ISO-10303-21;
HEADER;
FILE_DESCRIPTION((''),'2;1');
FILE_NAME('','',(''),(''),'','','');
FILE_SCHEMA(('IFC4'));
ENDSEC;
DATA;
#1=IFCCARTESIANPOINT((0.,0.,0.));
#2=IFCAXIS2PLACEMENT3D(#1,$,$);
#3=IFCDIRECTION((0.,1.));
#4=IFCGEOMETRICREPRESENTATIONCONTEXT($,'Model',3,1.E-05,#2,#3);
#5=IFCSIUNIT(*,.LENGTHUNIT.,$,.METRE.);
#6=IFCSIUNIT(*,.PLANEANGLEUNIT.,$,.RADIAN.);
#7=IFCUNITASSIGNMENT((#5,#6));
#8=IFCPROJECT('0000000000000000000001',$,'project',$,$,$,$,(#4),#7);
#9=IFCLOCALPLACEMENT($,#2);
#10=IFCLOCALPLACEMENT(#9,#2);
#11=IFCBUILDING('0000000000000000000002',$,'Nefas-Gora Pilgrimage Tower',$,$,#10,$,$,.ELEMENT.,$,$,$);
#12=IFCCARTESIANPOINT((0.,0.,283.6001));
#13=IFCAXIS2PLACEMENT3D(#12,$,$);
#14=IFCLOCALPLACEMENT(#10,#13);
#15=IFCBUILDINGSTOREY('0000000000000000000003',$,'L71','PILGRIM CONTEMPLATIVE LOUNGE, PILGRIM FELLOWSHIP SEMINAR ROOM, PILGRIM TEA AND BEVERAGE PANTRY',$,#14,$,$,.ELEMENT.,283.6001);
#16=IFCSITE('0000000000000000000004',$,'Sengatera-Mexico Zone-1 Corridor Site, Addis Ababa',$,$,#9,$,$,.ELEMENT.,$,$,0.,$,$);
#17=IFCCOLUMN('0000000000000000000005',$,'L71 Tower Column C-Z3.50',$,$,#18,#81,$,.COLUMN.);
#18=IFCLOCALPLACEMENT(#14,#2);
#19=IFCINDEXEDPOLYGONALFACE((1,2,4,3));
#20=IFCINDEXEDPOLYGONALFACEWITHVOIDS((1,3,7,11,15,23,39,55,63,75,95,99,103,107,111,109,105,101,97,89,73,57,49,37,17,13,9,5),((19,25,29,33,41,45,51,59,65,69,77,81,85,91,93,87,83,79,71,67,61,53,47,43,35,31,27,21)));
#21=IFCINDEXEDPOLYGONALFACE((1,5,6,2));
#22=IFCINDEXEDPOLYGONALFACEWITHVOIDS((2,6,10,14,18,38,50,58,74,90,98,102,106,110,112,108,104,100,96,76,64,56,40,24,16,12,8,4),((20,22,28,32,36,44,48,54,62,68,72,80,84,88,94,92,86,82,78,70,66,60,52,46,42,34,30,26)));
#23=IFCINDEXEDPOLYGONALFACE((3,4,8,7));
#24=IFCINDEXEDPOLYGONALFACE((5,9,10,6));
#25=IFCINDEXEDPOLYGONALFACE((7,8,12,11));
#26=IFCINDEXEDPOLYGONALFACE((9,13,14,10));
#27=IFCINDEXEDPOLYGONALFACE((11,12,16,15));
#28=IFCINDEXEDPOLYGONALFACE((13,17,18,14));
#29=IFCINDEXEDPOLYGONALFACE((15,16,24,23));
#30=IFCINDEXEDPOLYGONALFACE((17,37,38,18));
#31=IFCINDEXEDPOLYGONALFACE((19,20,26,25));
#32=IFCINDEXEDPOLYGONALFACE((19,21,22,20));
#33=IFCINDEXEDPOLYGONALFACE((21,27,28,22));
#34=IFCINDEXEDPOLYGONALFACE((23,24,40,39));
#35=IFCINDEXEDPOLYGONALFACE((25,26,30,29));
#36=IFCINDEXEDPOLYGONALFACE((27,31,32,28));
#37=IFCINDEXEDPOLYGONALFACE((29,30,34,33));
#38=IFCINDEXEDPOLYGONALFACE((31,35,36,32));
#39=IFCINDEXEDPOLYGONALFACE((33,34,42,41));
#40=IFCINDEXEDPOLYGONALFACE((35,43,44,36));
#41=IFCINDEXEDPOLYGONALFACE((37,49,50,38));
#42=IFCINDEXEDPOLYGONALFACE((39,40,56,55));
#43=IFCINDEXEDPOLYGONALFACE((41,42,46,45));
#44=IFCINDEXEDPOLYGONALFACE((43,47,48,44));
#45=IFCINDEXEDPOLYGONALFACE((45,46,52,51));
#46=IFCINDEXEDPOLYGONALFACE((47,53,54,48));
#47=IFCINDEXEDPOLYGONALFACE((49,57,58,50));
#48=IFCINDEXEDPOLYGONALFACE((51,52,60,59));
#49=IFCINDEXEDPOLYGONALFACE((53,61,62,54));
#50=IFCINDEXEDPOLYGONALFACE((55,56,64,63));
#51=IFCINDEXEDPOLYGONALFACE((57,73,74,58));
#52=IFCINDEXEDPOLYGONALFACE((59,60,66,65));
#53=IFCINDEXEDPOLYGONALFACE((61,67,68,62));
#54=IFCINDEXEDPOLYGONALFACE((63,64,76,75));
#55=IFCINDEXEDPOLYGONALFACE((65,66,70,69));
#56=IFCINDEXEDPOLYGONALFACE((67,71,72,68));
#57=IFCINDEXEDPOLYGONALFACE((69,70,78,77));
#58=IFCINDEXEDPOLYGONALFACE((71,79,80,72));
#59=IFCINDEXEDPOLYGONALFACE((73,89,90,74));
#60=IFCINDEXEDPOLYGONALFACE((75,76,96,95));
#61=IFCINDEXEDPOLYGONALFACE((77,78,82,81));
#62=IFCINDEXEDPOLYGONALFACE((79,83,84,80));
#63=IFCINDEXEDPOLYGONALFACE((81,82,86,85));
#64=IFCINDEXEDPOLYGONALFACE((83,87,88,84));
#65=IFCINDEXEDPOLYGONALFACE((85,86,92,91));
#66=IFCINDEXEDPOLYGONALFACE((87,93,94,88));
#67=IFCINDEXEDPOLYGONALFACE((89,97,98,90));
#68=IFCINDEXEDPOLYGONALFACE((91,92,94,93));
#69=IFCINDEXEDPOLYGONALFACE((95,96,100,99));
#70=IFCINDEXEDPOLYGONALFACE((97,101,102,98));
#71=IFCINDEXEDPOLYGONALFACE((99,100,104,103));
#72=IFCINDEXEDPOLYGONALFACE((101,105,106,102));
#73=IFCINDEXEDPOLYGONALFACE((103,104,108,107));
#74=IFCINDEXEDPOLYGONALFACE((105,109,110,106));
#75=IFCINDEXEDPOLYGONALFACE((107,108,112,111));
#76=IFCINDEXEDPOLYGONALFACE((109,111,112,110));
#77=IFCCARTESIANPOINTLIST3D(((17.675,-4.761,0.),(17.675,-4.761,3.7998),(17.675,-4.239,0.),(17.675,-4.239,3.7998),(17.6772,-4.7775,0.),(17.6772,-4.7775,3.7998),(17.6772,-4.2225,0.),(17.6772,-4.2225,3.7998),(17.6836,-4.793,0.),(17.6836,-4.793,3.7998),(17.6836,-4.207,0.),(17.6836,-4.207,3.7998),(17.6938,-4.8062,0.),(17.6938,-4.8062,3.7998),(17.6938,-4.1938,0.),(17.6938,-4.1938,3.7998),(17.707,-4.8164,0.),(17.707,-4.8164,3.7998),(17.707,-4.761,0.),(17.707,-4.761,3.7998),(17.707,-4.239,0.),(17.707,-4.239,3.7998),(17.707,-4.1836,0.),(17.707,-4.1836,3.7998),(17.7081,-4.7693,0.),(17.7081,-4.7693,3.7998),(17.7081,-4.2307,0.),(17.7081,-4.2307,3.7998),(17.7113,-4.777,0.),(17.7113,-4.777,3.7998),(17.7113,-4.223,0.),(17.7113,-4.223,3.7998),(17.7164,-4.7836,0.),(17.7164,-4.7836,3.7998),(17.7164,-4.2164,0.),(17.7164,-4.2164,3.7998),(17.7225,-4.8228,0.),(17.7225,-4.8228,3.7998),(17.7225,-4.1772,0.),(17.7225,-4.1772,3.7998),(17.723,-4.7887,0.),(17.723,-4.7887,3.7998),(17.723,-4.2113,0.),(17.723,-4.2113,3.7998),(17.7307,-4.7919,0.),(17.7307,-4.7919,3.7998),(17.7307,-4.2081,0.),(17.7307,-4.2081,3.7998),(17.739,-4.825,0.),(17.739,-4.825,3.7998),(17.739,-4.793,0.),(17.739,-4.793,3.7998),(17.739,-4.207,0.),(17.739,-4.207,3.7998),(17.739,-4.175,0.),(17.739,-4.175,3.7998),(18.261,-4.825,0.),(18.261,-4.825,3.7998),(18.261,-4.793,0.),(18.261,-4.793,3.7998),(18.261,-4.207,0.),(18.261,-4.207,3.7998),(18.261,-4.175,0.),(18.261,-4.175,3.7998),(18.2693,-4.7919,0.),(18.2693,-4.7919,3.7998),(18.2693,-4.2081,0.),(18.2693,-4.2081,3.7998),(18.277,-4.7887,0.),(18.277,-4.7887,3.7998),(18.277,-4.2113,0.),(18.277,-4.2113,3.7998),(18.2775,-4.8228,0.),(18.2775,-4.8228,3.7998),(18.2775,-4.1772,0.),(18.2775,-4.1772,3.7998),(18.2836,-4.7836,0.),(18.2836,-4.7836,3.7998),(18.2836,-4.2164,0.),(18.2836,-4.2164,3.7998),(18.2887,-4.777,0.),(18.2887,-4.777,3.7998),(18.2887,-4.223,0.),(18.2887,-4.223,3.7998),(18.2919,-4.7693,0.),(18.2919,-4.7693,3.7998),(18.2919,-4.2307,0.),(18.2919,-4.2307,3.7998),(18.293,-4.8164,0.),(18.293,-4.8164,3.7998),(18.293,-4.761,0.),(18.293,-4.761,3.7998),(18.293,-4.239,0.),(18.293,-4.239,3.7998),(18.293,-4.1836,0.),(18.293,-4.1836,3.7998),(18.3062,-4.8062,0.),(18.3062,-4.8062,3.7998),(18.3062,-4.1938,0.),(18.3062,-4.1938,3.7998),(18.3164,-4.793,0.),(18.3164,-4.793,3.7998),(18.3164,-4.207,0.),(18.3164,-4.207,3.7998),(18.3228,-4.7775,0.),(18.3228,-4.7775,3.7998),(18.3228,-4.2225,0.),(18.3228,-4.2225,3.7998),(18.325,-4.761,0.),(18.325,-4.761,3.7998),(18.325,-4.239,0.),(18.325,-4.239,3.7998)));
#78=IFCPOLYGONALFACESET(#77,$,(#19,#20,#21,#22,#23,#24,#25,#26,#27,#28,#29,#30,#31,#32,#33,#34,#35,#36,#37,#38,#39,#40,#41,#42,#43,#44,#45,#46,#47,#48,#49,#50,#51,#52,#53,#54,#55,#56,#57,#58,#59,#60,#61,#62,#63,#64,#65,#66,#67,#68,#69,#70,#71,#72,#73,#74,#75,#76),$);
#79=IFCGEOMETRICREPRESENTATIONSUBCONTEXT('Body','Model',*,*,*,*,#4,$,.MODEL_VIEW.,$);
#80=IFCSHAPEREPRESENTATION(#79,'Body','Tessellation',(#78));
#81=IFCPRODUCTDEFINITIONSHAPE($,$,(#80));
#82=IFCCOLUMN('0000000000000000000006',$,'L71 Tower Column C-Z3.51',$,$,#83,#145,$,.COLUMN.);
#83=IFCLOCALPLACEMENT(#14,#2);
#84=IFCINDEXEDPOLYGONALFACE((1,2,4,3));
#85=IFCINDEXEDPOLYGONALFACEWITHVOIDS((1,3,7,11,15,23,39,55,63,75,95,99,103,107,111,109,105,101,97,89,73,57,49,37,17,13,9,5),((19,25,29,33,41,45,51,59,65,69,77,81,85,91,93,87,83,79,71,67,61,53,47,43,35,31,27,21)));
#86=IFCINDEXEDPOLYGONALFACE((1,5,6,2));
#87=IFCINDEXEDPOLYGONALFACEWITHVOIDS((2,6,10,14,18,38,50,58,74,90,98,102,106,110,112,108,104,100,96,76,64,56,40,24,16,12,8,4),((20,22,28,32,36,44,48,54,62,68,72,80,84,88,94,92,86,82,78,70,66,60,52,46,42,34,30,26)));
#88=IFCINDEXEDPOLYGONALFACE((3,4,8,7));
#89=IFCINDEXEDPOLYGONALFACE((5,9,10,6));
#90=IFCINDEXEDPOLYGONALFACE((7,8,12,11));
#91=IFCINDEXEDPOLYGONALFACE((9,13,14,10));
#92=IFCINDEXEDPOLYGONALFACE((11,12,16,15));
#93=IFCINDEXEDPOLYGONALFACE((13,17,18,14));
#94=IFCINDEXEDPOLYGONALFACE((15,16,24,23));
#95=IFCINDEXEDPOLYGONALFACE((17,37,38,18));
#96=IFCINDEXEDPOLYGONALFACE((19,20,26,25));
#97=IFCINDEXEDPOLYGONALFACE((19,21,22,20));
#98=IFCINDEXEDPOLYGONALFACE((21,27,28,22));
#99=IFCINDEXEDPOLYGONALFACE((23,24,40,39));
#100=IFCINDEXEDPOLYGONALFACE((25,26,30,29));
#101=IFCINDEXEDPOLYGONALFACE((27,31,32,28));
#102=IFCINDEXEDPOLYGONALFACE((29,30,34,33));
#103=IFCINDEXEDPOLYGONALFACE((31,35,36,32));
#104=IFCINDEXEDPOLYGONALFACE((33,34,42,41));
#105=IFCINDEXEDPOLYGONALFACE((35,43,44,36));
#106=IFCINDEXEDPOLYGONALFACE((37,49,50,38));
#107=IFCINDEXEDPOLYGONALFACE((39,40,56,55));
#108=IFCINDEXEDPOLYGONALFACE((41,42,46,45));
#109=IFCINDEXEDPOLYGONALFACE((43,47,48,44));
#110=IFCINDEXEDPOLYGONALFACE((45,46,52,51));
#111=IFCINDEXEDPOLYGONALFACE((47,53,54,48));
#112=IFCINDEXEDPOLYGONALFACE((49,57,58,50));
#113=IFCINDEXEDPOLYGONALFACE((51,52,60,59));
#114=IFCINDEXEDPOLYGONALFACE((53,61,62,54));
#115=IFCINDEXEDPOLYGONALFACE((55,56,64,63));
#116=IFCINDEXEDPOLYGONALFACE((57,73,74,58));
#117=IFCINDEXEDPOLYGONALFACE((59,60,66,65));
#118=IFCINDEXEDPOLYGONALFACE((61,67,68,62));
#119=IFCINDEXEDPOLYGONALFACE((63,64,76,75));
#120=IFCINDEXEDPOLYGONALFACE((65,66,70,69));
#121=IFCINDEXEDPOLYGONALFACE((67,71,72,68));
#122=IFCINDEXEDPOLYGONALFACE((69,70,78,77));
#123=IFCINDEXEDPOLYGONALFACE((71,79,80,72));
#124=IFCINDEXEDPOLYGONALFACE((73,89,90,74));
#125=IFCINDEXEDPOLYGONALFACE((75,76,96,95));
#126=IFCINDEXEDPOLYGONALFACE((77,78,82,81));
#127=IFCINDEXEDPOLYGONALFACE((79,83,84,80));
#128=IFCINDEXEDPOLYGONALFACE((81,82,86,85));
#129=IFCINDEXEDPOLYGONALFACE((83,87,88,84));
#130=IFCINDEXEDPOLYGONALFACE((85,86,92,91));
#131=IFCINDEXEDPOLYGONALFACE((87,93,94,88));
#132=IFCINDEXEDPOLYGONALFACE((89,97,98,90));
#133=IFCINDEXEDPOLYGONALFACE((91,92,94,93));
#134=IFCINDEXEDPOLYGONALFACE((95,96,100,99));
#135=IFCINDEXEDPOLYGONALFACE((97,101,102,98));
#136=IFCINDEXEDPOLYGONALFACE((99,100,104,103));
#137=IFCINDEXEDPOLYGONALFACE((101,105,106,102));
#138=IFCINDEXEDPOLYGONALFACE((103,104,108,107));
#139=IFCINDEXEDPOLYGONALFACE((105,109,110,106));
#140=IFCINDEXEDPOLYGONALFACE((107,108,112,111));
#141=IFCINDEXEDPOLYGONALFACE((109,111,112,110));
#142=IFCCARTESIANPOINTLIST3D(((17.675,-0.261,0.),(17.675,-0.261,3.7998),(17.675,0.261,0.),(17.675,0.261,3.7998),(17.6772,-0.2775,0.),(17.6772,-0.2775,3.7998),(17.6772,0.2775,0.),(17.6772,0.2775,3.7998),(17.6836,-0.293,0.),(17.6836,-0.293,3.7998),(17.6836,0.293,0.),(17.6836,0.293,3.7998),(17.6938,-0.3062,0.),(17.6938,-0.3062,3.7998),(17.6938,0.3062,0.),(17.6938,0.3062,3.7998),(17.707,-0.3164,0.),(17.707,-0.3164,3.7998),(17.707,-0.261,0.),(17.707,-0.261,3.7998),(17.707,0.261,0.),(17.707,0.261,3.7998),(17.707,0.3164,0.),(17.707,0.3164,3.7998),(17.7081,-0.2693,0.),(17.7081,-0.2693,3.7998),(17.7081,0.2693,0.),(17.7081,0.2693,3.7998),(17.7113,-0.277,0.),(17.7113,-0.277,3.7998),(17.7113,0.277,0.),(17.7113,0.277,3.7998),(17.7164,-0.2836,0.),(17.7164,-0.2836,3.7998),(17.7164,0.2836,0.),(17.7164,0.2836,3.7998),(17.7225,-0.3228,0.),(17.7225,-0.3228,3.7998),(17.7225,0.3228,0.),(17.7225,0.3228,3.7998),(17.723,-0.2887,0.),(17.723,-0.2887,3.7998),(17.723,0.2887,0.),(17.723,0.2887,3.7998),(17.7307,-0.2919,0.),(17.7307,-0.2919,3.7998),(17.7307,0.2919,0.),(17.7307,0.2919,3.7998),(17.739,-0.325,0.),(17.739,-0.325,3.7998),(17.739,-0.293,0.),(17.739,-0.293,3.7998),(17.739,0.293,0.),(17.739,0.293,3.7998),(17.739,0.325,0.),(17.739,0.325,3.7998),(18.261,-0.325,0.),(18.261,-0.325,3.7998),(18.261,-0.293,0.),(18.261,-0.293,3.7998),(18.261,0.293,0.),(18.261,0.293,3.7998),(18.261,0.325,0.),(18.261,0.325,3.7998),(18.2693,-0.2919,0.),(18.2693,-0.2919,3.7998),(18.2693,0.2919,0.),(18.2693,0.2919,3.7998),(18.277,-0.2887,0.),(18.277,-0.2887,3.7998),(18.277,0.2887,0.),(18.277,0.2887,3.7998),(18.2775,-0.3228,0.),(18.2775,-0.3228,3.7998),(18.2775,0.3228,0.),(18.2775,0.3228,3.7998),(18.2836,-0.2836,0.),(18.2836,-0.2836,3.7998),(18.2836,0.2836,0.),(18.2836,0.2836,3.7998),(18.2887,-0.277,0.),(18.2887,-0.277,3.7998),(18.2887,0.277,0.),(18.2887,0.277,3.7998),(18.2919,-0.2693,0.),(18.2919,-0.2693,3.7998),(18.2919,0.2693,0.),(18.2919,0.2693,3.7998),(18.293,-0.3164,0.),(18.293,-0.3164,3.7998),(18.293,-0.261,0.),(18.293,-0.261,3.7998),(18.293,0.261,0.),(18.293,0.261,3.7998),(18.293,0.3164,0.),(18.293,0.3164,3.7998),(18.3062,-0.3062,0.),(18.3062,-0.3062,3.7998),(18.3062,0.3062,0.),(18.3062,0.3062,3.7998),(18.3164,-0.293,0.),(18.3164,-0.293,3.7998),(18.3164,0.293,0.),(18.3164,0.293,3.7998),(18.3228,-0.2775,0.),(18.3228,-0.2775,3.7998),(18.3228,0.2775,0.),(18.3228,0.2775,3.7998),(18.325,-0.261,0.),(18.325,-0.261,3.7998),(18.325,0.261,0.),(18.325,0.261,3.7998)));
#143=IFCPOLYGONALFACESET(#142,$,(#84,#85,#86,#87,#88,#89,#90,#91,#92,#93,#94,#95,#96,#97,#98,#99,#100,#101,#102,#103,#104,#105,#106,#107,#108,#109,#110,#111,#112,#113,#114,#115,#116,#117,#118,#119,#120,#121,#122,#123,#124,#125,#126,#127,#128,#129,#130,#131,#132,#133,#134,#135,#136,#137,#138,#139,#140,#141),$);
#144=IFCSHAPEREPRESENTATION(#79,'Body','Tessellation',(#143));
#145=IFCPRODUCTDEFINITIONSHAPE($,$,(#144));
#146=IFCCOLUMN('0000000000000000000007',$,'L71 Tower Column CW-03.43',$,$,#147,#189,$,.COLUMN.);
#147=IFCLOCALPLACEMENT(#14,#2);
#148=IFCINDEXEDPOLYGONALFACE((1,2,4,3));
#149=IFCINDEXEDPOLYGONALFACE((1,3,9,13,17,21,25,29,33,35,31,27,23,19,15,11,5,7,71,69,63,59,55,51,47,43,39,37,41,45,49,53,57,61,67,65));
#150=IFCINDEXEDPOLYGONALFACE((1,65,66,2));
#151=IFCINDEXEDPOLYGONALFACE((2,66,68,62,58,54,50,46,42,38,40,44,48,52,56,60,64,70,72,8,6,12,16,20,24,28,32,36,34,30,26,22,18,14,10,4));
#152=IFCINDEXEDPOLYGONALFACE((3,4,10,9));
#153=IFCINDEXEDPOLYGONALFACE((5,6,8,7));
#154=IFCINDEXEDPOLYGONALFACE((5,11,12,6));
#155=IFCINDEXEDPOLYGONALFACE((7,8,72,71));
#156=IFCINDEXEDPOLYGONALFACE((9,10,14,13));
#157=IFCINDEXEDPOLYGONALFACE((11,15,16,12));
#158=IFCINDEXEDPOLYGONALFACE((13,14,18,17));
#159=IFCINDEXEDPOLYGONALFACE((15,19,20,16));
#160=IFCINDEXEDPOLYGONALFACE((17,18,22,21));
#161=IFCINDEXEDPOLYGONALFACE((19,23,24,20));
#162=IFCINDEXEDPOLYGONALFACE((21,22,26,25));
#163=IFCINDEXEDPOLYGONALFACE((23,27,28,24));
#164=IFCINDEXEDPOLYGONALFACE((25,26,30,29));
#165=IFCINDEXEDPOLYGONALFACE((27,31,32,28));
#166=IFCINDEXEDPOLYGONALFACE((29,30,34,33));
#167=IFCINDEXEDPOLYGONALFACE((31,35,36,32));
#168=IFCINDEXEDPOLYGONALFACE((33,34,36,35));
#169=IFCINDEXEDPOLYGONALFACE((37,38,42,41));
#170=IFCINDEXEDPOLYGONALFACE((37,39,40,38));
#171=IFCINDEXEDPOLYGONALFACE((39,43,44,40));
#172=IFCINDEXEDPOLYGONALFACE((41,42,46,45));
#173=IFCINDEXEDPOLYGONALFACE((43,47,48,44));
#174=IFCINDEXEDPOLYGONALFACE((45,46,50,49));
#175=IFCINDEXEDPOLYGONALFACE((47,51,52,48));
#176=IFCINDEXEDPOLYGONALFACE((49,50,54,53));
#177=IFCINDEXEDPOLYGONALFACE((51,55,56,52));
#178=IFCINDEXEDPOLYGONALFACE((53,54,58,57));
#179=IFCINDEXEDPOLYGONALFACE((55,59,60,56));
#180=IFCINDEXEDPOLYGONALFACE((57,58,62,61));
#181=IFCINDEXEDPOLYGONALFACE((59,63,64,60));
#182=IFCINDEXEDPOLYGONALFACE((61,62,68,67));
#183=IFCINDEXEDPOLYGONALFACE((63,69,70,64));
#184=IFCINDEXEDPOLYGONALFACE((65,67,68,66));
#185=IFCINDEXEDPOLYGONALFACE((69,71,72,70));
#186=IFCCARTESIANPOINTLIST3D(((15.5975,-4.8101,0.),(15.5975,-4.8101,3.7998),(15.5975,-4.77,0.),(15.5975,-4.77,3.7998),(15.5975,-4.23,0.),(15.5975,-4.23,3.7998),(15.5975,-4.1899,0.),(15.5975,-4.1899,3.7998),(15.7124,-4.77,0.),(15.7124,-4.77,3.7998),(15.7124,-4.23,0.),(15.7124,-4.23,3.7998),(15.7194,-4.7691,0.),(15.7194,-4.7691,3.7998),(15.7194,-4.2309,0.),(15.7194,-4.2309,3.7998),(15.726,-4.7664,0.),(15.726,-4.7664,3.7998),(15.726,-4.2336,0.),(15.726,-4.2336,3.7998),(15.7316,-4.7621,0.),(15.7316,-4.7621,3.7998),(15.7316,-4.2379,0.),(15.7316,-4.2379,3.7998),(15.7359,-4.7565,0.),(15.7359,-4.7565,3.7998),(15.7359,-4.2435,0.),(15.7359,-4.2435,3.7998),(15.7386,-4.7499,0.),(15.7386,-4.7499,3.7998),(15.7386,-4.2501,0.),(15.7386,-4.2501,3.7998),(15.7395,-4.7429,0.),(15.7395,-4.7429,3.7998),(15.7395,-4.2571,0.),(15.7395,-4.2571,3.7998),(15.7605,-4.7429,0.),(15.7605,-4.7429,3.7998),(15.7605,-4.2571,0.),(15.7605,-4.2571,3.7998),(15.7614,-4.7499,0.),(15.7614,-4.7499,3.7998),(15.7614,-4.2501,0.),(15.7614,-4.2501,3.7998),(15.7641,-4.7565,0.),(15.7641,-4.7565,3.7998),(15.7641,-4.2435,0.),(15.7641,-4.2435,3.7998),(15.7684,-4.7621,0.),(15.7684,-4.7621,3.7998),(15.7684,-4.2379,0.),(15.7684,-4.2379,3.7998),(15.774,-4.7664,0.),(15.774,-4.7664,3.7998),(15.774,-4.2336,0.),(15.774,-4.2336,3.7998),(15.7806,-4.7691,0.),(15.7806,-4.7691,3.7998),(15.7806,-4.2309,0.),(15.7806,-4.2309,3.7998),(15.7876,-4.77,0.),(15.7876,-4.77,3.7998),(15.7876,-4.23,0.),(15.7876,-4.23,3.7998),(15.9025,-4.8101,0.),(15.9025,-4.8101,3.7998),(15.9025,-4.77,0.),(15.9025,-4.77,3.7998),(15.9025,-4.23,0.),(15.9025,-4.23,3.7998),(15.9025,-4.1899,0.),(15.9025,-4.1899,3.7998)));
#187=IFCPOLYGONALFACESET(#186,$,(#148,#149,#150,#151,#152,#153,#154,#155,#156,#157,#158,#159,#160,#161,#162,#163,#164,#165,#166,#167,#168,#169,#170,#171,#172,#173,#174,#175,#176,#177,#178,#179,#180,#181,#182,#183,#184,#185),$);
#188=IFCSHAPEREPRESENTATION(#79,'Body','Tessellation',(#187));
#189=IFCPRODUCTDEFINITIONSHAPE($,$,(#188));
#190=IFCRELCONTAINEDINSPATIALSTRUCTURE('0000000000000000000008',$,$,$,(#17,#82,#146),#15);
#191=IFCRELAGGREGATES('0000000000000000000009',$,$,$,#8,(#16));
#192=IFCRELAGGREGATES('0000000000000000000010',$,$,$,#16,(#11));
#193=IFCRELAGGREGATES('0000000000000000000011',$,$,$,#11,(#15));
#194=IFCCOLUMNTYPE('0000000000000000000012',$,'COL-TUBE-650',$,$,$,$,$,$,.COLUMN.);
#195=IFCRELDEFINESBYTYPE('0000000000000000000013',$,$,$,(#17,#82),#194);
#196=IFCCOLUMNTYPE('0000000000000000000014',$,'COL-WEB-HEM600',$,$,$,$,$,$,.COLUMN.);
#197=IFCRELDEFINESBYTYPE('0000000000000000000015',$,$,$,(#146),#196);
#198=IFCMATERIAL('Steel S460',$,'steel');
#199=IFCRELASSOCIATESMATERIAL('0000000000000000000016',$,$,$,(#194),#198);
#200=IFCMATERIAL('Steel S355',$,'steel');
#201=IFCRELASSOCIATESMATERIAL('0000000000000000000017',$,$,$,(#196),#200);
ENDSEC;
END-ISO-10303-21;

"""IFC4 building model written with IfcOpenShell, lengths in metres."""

from ifc_helpers import new_model, si_unit, direction, frame, origin, origin_2d, place, context, subcontext, project, spatial, hollow_rectangle, i_section, extrude, source, transform, mapped, material, material_profile, profile_set, type_object, element, save


model = new_model("IFC4")

# Units and contexts
model_context = context("Model", 3, precision=1e-05, world=origin(), true_north=direction((0.0, 1.0)))
body_context = subcontext(model_context, "Body", "Model", "MODEL_VIEW")
ifc_project = project(units=[si_unit("LENGTHUNIT", "METRE"), si_unit("PLANEANGLEUNIT", "RADIAN")], contexts=[model_context])

# Site, building, storey
site_placement = place(None, origin())
site = spatial("IfcSite", under=ifc_project, at=site_placement, Name="Sengatera-Mexico Zone-1 Corridor Site, Addis Ababa", CompositionType="ELEMENT", RefElevation=0.0)
building_placement = place(site_placement, origin())
building = spatial("IfcBuilding", under=site, at=building_placement, Name="Nefas-Gora Pilgrimage Tower", CompositionType="ELEMENT")
storey_placement = place(building_placement, frame((0.0, 0.0, 283.6001)))
storey = spatial("IfcBuildingStorey", under=building, at=storey_placement, Name="L71", Description="PILGRIM CONTEMPLATIVE LOUNGE, PILGRIM FELLOWSHIP SEMINAR ROOM, PILGRIM TEA AND BEVERAGE PANTRY", CompositionType="ELEMENT", Elevation=283.6001)

# Columns
ifc_material_1 = material(Name="Steel S460", Category="steel")
ifc_material_profile_1 = material_profile(ifc_material_1, hollow_rectangle(XDim=0.6499, YDim=0.6499, WallThickness=0.032, InnerFilletRadius=0.032, OuterFilletRadius=0.064, at=origin_2d()), Name="BOX 650x650x32")
ifc_profile_set_1 = profile_set([ifc_material_profile_1], Name="Steel S460")
column_type_1 = type_object("IfcColumnType", Name="COL-TUBE-650", PredefinedType="COLUMN", material=ifc_profile_set_1)
shared_shape_1 = source(origin(), body_context, "Body", "SweptSolid", [
    extrude(hollow_rectangle(XDim=0.6499, YDim=0.6499, WallThickness=0.032, InnerFilletRadius=0.032, OuterFilletRadius=0.064, at=origin_2d()), origin(), (0.0, 0.0, 1.0), 3.7998),
])
for number, where, z_axis, x_axis, name in (
    (1, (18.0, -4.5, 0.0), (0.0, 0.0, 1.0), (1.0, 0.0, 0.0), "L71 Tower Column C-Z3.50"),
    (2, (18.0, 0.0, 0.0), (0.0, 0.0, 1.0), (1.0, 0.0, 0.0), "L71 Tower Column C-Z3.51"),
):
    element("IfcColumn", number, at=place(storey_placement, frame(where, z_axis=z_axis, x_axis=x_axis)), inside=storey, type_object=column_type_1, Name=name, PredefinedType="COLUMN", context=body_context, shape_type="MappedRepresentation", body=[
        mapped(shared_shape_1, transform((0.0, 0.0, 0.0), x_axis=(1.0, 0.0, 0.0), y_axis=(0.0, 1.0, 0.0), z_axis=(0.0, 0.0, 1.0), scale=1.0)),
    ])
ifc_material_2 = material(Name="Steel S355", Category="steel")
ifc_material_profile_2 = material_profile(ifc_material_2, i_section(OverallWidth=0.3049, OverallDepth=0.6201, WebThickness=0.021, FlangeThickness=0.04, FilletRadius=0.0271, at=origin_2d()), Name="HEM 600")
ifc_profile_set_2 = profile_set([ifc_material_profile_2], Name="Steel S355")
column_type_2 = type_object("IfcColumnType", Name="COL-WEB-HEM600", PredefinedType="COLUMN", material=ifc_profile_set_2)
shared_shape_2 = source(origin(), body_context, "Body", "SweptSolid", [
    extrude(i_section(OverallWidth=0.3049, OverallDepth=0.6201, WebThickness=0.021, FlangeThickness=0.04, FilletRadius=0.0271, at=origin_2d()), origin(), (0.0, 0.0, 1.0), 3.7998),
])
for number, where, z_axis, x_axis, name in (
    (3, (15.75, -4.5, 0.0), (0.0, 0.0, 1.0), (1.0, 0.0, 0.0), "L71 Tower Column CW-03.43"),
):
    element("IfcColumn", number, at=place(storey_placement, frame(where, z_axis=z_axis, x_axis=x_axis)), inside=storey, type_object=column_type_2, Name=name, PredefinedType="COLUMN", context=body_context, shape_type="MappedRepresentation", body=[
        mapped(shared_shape_2, transform((0.0, 0.0, 0.0), x_axis=(1.0, 0.0, 0.0), y_axis=(0.0, 1.0, 0.0), z_axis=(0.0, 0.0, 1.0), scale=1.0)),
    ])

save(model, "model.ifc")
